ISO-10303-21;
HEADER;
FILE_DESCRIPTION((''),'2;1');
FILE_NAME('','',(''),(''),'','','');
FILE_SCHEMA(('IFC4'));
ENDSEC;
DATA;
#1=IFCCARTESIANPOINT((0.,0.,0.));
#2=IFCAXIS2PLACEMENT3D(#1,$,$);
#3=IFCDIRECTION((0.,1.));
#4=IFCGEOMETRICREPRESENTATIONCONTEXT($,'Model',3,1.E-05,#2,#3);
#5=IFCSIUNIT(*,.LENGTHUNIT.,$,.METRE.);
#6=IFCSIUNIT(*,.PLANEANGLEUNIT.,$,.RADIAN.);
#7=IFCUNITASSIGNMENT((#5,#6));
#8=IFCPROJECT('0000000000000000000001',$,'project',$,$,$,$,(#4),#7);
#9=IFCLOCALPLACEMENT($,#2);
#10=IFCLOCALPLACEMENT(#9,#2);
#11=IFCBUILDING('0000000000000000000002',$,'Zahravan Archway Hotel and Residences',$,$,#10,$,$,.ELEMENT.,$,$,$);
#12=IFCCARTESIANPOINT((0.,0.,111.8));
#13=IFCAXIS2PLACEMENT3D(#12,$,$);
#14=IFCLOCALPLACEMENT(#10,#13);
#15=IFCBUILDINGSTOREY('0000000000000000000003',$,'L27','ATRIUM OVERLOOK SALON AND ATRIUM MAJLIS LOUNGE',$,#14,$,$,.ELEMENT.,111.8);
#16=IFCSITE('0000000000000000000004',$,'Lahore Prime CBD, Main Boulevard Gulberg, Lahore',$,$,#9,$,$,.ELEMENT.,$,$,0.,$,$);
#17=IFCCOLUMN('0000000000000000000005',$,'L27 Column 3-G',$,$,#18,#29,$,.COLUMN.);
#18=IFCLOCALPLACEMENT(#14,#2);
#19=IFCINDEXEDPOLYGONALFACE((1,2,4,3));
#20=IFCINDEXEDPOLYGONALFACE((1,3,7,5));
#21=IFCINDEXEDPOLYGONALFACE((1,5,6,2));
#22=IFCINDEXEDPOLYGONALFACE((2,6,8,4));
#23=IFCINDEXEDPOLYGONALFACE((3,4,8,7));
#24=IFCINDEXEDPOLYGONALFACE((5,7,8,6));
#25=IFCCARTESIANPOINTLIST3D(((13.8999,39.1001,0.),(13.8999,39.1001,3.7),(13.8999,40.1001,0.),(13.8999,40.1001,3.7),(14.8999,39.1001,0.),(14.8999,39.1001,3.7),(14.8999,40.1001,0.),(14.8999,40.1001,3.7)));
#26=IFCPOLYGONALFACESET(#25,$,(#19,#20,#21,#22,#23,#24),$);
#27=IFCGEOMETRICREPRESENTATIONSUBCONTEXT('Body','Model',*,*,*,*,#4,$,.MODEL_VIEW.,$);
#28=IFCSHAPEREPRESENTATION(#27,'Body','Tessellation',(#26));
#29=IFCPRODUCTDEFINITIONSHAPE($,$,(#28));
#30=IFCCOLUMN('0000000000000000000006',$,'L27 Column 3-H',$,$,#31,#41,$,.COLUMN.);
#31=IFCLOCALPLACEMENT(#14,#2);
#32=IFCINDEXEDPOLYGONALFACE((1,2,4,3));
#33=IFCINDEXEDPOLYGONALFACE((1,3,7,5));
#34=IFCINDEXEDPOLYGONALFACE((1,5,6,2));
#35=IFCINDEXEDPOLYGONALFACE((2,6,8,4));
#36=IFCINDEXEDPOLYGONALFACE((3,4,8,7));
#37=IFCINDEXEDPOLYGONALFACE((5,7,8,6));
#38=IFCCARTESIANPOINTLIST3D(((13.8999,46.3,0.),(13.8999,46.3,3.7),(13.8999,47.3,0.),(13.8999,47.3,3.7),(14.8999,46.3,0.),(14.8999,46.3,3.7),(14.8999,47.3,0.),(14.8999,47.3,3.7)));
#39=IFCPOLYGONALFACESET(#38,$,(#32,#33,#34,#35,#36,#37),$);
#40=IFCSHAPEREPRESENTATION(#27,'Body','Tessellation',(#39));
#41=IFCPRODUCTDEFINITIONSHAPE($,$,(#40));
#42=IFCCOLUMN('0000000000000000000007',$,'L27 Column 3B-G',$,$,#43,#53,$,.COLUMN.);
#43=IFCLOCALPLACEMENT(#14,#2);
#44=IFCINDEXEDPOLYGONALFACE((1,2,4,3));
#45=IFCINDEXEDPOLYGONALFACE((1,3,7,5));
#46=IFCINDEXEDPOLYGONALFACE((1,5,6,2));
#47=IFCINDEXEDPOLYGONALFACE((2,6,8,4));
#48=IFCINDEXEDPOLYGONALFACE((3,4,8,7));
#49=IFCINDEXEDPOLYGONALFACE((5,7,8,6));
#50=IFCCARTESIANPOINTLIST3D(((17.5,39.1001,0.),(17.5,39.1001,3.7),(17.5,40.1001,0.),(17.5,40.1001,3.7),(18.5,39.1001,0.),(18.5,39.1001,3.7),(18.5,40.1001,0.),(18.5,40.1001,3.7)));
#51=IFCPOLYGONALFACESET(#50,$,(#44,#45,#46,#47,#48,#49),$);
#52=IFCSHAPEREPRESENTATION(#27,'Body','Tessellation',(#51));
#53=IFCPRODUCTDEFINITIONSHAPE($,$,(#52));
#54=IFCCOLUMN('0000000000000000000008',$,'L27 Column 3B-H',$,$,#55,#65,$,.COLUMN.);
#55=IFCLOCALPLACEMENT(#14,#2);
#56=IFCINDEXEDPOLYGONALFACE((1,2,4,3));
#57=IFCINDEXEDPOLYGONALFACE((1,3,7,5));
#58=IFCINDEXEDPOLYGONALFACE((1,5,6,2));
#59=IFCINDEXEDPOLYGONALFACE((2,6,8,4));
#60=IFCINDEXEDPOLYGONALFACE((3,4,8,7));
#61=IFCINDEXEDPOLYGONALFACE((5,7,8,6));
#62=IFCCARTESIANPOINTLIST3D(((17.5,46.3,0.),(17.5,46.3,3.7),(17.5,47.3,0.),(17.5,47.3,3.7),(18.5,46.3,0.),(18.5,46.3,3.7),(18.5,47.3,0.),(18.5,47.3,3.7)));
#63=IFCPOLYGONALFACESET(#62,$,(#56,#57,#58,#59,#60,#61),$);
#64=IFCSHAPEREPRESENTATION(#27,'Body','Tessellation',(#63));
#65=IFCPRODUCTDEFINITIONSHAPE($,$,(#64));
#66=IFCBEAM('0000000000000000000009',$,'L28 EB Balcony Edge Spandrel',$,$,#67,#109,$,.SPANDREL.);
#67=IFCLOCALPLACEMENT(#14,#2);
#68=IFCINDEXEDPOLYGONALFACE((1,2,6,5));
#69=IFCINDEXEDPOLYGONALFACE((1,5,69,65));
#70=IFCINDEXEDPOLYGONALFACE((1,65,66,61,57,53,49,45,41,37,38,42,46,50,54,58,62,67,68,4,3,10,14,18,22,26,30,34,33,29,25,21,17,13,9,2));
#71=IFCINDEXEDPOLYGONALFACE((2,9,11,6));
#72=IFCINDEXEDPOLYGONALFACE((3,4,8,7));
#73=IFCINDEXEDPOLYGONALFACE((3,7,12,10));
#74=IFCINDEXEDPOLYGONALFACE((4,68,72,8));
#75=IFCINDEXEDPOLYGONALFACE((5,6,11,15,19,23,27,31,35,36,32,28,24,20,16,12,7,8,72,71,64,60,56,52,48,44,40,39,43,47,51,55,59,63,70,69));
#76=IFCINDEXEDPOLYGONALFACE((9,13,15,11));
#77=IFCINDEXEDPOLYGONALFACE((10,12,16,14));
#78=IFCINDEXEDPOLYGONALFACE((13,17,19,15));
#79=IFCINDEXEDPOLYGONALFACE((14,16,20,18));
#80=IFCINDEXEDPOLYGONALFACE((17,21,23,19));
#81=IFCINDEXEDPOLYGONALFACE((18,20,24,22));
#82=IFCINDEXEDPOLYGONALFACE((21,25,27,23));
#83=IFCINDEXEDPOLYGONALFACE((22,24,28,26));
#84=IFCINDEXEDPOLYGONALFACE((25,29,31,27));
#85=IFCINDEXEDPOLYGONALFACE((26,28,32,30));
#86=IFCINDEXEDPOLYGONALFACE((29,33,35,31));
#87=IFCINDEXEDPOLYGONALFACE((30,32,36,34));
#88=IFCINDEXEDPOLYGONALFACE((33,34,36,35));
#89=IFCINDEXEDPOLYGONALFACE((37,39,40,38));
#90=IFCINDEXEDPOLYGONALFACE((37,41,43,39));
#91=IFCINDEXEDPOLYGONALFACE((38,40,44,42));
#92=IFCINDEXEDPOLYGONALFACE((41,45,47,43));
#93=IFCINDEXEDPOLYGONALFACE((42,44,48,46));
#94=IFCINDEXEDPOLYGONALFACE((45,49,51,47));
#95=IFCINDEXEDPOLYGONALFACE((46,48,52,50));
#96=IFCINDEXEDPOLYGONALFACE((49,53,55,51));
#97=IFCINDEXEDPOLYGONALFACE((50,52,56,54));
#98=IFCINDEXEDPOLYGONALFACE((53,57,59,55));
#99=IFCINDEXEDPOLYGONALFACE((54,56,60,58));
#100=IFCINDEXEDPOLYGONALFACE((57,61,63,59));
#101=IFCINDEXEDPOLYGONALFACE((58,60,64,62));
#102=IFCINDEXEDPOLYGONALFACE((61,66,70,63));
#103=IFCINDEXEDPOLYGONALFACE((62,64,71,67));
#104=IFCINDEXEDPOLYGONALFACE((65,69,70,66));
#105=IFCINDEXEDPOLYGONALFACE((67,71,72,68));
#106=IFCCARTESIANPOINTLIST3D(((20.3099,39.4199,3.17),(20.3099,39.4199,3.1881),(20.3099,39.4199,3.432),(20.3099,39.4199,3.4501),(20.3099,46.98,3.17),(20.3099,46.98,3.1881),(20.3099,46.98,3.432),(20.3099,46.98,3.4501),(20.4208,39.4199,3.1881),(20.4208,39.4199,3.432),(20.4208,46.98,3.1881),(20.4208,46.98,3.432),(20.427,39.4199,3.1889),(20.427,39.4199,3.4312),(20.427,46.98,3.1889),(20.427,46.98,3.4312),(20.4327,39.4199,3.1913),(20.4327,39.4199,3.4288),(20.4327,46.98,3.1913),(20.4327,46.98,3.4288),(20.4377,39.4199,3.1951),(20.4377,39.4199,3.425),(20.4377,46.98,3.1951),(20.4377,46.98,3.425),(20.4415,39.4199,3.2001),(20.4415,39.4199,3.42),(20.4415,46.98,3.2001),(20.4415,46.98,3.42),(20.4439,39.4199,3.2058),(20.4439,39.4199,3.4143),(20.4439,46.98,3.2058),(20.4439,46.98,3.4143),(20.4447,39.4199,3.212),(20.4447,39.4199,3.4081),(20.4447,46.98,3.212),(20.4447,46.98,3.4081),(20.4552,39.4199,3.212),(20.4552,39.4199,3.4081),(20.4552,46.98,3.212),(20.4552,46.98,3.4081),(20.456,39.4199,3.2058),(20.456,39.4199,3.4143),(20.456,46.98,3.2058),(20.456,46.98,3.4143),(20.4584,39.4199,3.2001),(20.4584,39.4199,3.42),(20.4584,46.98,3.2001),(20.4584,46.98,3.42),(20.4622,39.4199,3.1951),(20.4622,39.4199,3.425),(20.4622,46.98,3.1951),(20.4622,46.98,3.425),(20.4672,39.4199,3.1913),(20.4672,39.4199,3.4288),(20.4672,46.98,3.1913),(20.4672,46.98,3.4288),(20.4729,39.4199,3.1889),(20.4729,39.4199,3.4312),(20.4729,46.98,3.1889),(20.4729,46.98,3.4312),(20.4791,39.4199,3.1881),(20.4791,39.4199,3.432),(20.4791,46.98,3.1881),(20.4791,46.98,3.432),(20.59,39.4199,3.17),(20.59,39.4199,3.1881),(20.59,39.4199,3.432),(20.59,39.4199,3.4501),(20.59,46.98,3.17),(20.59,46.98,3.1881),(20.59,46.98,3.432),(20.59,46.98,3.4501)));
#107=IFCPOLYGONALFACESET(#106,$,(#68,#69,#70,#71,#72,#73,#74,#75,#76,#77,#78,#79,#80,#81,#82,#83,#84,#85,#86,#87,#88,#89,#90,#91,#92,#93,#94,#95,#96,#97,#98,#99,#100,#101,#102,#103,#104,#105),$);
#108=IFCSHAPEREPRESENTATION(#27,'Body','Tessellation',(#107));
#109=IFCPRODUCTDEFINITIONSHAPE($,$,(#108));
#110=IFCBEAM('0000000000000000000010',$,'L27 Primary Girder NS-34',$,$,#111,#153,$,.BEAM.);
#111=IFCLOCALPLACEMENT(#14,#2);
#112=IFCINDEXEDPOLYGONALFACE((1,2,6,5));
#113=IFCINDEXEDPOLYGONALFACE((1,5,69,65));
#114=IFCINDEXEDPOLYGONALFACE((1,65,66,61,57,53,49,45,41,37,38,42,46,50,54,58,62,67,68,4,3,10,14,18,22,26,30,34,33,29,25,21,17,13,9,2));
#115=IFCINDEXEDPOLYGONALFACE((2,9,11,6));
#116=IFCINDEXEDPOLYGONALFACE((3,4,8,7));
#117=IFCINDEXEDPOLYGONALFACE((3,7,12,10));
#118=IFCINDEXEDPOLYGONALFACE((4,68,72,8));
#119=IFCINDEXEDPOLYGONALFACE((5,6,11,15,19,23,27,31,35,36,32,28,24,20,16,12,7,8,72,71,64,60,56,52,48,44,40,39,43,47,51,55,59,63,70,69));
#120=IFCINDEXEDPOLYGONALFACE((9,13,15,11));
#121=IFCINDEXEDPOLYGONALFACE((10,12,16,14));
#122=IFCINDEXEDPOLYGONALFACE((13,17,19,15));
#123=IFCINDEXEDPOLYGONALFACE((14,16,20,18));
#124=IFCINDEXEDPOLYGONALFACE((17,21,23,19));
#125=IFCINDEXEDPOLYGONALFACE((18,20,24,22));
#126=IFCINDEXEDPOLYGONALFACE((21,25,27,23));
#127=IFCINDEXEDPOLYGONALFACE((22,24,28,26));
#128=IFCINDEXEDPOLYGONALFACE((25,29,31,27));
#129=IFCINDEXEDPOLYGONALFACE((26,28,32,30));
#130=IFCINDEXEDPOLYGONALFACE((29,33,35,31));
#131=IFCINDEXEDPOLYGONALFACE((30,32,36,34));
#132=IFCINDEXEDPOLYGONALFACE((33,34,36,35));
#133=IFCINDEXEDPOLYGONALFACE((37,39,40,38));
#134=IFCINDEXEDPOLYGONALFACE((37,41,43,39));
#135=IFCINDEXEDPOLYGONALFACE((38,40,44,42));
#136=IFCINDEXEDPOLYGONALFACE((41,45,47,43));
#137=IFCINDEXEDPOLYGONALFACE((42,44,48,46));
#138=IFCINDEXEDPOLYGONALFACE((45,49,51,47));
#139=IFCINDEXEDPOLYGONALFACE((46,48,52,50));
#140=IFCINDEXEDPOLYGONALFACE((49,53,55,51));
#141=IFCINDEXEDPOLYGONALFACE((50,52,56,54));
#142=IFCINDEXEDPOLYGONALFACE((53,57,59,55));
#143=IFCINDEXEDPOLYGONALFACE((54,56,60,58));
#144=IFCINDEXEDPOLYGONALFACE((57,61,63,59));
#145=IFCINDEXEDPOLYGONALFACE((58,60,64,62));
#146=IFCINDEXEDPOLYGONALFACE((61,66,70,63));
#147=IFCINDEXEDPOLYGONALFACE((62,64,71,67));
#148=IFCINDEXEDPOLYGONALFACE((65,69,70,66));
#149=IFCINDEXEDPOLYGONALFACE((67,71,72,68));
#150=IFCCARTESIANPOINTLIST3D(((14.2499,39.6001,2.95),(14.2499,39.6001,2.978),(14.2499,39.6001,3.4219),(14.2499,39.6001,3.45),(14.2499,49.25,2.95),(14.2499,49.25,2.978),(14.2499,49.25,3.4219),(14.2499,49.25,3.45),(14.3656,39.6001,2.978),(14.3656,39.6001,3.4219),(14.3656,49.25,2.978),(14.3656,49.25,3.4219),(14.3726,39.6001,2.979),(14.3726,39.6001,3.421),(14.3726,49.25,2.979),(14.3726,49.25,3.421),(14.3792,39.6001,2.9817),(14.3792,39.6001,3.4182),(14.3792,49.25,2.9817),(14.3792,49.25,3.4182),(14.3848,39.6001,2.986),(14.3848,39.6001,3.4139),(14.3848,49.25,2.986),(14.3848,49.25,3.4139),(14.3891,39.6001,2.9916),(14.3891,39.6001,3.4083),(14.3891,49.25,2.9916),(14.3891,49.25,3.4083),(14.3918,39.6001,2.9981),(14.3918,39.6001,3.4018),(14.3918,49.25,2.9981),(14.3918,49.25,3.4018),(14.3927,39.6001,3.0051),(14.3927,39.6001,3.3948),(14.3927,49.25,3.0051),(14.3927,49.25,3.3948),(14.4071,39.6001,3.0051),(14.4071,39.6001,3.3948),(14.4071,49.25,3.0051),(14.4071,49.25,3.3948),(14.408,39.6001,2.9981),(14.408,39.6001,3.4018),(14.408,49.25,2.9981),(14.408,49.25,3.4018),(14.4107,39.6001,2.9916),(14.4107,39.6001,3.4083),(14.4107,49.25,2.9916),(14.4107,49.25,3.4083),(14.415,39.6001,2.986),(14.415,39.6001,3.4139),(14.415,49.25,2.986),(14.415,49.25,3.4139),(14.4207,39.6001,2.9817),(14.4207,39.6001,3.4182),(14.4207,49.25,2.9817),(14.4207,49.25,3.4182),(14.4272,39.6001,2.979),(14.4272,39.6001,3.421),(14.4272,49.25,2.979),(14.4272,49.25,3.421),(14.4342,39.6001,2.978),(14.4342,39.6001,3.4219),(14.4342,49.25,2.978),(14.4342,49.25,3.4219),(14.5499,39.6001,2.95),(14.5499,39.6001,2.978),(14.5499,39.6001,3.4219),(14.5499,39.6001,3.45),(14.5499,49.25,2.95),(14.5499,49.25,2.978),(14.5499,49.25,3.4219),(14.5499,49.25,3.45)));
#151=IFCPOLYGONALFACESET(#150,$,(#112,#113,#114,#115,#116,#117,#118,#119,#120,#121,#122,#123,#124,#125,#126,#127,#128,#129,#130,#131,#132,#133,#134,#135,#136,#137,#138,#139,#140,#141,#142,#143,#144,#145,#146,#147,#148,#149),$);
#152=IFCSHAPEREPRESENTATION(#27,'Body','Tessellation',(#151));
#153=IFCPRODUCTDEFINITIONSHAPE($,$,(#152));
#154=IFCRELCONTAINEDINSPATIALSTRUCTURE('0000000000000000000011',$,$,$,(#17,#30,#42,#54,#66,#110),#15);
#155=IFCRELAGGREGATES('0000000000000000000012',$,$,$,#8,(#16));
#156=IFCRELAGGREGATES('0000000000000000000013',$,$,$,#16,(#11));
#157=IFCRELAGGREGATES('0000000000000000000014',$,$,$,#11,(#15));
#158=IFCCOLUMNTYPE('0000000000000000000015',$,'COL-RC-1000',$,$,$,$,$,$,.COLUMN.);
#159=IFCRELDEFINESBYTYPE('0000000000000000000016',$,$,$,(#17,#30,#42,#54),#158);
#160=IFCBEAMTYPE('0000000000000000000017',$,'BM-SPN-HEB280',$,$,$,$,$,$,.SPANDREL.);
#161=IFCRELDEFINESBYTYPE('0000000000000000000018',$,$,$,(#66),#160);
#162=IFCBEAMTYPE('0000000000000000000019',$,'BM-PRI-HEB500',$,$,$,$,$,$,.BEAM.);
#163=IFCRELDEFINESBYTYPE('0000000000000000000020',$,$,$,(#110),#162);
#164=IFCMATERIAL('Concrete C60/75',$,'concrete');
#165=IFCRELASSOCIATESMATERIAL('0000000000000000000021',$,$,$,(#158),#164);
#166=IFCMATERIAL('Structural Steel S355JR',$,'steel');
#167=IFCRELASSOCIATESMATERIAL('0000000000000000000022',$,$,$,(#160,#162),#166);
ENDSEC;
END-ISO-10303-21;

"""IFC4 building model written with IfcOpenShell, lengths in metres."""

from ifc_helpers import new_model, si_unit, direction, frame, origin, origin_2d, place, context, subcontext, project, spatial, rectangle, i_section, extrude, source, transform, mapped, material, material_profile, profile_set, type_object, type_shapes, element, save


model = new_model("IFC4")

# Units and contexts
model_context = context("Model", 3, precision=1e-05, world=origin(), true_north=direction((0.0, 1.0)))
body_context = subcontext(model_context, "Body", "Model", "MODEL_VIEW")
ifc_project = project(units=[si_unit("LENGTHUNIT", "METRE"), si_unit("PLANEANGLEUNIT", "RADIAN")], contexts=[model_context])

# Site, building, storey
site_placement = place(None, origin())
site = spatial("IfcSite", under=ifc_project, at=site_placement, Name="Lahore Prime CBD, Main Boulevard Gulberg, Lahore", CompositionType="ELEMENT", RefElevation=0.0)
building_placement = place(site_placement, origin())
building = spatial("IfcBuilding", under=site, at=building_placement, Name="Zahravan Archway Hotel and Residences", CompositionType="ELEMENT")
storey_placement = place(building_placement, frame((0.0, 0.0, 111.8)))
storey = spatial("IfcBuildingStorey", under=building, at=storey_placement, Name="L27", Description="ATRIUM OVERLOOK SALON AND ATRIUM MAJLIS LOUNGE", CompositionType="ELEMENT", Elevation=111.8)

# Columns
ifc_material_1 = material(Name="Concrete C60/75", Category="concrete")
ifc_material_profile_1 = material_profile(ifc_material_1, rectangle(XDim=1.0, YDim=1.0, at=origin_2d()), Name="RC-COL-1000x1000", Category="concrete")
ifc_profile_set_1 = profile_set([ifc_material_profile_1], Name="Concrete C60/75")
column_type = type_object("IfcColumnType", Name="COL-RC-1000", PredefinedType="COLUMN", material=ifc_profile_set_1)
shared_shape_1 = source(origin(), body_context, "Body", "SweptSolid", [
    extrude(rectangle(XDim=1.0, YDim=1.0, at=origin_2d()), origin(), (0.0, 0.0, 1.0), 3.7),
])
type_shapes(column_type, [shared_shape_1])
for number, where, z_axis, x_axis, name in (
    (1, (14.3999, 39.6001, 0.0), (0.0, 0.0, 1.0), (1.0, 0.0, 0.0), "L27 Column 3-G"),
    (2, (14.3999, 46.8, 0.0), (0.0, 0.0, 1.0), (1.0, 0.0, 0.0), "L27 Column 3-H"),
    (3, (18.0, 39.6001, 0.0), (0.0, 0.0, 1.0), (1.0, 0.0, 0.0), "L27 Column 3B-G"),
    (4, (18.0, 46.8, 0.0), (0.0, 0.0, 1.0), (1.0, 0.0, 0.0), "L27 Column 3B-H"),
):
    element("IfcColumn", number, at=place(storey_placement, frame(where, z_axis=z_axis, x_axis=x_axis)), inside=storey, type_object=column_type, Name=name, PredefinedType="COLUMN", context=body_context, shape_type="MappedRepresentation", body=[
        mapped(shared_shape_1, transform((0.0, 0.0, 0.0), scale=1.0)),
    ])

# Beams
ifc_material_2 = material(Name="Structural Steel S355JR", Category="steel")
ifc_material_profile_2 = material_profile(ifc_material_2, i_section(OverallWidth=0.28, OverallDepth=0.28, WebThickness=0.0105, FlangeThickness=0.0181, FilletRadius=0.0239, at=origin_2d()), Name="HEB 280", Category="steel")
ifc_profile_set_2 = profile_set([ifc_material_profile_2], Name="Structural Steel S355JR")
beam_type_1 = type_object("IfcBeamType", Name="BM-SPN-HEB280", PredefinedType="SPANDREL", material=ifc_profile_set_2)
shared_shape_2 = source(origin(), body_context, "Body", "SweptSolid", [
    extrude(i_section(OverallWidth=0.28, OverallDepth=0.28, WebThickness=0.0105, FlangeThickness=0.0181, FilletRadius=0.0239, at=origin_2d()), origin(), (0.0, 0.0, 1.0), 7.5601),
])
type_shapes(beam_type_1, [shared_shape_2])
beam_1_placement = place(storey_placement, frame((20.45, 39.4199, 3.3101), z_axis=(0.0, 1.0, 0.0), x_axis=(-1.0, 0.0, 0.0)))
element("IfcBeam", 5, at=beam_1_placement, inside=storey, type_object=beam_type_1, Name="L28 EB Balcony Edge Spandrel", PredefinedType="SPANDREL", context=body_context, shape_type="MappedRepresentation", body=[
    mapped(shared_shape_2, transform((0.0, 0.0, 0.0), scale=1.0)),
])
ifc_material_profile_3 = material_profile(ifc_material_2, i_section(OverallWidth=0.3, OverallDepth=0.5, WebThickness=0.0144, FlangeThickness=0.0281, FilletRadius=0.0271, at=origin_2d()), Name="HEB 500", Category="steel")
ifc_profile_set_3 = profile_set([ifc_material_profile_3], Name="Structural Steel S355JR")
beam_type_2 = type_object("IfcBeamType", Name="BM-PRI-HEB500", PredefinedType="BEAM", material=ifc_profile_set_3)
shared_shape_3 = source(origin(), body_context, "Body", "SweptSolid", [
    extrude(i_section(OverallWidth=0.3, OverallDepth=0.5, WebThickness=0.0144, FlangeThickness=0.0281, FilletRadius=0.0271, at=origin_2d()), origin(), (0.0, 0.0, 1.0), 9.6499),
])
beam_2_placement = place(storey_placement, frame((14.3999, 39.6001, 3.2), z_axis=(0.0, 1.0, 0.0), x_axis=(-1.0, 0.0, 0.0)))
element("IfcBeam", 6, at=beam_2_placement, inside=storey, type_object=beam_type_2, Name="L27 Primary Girder NS-34", PredefinedType="BEAM", context=body_context, shape_type="MappedRepresentation", body=[
    mapped(shared_shape_3, transform((0.0, 0.0, 0.0), scale=1.0)),
])

save(model, "model.ifc")
